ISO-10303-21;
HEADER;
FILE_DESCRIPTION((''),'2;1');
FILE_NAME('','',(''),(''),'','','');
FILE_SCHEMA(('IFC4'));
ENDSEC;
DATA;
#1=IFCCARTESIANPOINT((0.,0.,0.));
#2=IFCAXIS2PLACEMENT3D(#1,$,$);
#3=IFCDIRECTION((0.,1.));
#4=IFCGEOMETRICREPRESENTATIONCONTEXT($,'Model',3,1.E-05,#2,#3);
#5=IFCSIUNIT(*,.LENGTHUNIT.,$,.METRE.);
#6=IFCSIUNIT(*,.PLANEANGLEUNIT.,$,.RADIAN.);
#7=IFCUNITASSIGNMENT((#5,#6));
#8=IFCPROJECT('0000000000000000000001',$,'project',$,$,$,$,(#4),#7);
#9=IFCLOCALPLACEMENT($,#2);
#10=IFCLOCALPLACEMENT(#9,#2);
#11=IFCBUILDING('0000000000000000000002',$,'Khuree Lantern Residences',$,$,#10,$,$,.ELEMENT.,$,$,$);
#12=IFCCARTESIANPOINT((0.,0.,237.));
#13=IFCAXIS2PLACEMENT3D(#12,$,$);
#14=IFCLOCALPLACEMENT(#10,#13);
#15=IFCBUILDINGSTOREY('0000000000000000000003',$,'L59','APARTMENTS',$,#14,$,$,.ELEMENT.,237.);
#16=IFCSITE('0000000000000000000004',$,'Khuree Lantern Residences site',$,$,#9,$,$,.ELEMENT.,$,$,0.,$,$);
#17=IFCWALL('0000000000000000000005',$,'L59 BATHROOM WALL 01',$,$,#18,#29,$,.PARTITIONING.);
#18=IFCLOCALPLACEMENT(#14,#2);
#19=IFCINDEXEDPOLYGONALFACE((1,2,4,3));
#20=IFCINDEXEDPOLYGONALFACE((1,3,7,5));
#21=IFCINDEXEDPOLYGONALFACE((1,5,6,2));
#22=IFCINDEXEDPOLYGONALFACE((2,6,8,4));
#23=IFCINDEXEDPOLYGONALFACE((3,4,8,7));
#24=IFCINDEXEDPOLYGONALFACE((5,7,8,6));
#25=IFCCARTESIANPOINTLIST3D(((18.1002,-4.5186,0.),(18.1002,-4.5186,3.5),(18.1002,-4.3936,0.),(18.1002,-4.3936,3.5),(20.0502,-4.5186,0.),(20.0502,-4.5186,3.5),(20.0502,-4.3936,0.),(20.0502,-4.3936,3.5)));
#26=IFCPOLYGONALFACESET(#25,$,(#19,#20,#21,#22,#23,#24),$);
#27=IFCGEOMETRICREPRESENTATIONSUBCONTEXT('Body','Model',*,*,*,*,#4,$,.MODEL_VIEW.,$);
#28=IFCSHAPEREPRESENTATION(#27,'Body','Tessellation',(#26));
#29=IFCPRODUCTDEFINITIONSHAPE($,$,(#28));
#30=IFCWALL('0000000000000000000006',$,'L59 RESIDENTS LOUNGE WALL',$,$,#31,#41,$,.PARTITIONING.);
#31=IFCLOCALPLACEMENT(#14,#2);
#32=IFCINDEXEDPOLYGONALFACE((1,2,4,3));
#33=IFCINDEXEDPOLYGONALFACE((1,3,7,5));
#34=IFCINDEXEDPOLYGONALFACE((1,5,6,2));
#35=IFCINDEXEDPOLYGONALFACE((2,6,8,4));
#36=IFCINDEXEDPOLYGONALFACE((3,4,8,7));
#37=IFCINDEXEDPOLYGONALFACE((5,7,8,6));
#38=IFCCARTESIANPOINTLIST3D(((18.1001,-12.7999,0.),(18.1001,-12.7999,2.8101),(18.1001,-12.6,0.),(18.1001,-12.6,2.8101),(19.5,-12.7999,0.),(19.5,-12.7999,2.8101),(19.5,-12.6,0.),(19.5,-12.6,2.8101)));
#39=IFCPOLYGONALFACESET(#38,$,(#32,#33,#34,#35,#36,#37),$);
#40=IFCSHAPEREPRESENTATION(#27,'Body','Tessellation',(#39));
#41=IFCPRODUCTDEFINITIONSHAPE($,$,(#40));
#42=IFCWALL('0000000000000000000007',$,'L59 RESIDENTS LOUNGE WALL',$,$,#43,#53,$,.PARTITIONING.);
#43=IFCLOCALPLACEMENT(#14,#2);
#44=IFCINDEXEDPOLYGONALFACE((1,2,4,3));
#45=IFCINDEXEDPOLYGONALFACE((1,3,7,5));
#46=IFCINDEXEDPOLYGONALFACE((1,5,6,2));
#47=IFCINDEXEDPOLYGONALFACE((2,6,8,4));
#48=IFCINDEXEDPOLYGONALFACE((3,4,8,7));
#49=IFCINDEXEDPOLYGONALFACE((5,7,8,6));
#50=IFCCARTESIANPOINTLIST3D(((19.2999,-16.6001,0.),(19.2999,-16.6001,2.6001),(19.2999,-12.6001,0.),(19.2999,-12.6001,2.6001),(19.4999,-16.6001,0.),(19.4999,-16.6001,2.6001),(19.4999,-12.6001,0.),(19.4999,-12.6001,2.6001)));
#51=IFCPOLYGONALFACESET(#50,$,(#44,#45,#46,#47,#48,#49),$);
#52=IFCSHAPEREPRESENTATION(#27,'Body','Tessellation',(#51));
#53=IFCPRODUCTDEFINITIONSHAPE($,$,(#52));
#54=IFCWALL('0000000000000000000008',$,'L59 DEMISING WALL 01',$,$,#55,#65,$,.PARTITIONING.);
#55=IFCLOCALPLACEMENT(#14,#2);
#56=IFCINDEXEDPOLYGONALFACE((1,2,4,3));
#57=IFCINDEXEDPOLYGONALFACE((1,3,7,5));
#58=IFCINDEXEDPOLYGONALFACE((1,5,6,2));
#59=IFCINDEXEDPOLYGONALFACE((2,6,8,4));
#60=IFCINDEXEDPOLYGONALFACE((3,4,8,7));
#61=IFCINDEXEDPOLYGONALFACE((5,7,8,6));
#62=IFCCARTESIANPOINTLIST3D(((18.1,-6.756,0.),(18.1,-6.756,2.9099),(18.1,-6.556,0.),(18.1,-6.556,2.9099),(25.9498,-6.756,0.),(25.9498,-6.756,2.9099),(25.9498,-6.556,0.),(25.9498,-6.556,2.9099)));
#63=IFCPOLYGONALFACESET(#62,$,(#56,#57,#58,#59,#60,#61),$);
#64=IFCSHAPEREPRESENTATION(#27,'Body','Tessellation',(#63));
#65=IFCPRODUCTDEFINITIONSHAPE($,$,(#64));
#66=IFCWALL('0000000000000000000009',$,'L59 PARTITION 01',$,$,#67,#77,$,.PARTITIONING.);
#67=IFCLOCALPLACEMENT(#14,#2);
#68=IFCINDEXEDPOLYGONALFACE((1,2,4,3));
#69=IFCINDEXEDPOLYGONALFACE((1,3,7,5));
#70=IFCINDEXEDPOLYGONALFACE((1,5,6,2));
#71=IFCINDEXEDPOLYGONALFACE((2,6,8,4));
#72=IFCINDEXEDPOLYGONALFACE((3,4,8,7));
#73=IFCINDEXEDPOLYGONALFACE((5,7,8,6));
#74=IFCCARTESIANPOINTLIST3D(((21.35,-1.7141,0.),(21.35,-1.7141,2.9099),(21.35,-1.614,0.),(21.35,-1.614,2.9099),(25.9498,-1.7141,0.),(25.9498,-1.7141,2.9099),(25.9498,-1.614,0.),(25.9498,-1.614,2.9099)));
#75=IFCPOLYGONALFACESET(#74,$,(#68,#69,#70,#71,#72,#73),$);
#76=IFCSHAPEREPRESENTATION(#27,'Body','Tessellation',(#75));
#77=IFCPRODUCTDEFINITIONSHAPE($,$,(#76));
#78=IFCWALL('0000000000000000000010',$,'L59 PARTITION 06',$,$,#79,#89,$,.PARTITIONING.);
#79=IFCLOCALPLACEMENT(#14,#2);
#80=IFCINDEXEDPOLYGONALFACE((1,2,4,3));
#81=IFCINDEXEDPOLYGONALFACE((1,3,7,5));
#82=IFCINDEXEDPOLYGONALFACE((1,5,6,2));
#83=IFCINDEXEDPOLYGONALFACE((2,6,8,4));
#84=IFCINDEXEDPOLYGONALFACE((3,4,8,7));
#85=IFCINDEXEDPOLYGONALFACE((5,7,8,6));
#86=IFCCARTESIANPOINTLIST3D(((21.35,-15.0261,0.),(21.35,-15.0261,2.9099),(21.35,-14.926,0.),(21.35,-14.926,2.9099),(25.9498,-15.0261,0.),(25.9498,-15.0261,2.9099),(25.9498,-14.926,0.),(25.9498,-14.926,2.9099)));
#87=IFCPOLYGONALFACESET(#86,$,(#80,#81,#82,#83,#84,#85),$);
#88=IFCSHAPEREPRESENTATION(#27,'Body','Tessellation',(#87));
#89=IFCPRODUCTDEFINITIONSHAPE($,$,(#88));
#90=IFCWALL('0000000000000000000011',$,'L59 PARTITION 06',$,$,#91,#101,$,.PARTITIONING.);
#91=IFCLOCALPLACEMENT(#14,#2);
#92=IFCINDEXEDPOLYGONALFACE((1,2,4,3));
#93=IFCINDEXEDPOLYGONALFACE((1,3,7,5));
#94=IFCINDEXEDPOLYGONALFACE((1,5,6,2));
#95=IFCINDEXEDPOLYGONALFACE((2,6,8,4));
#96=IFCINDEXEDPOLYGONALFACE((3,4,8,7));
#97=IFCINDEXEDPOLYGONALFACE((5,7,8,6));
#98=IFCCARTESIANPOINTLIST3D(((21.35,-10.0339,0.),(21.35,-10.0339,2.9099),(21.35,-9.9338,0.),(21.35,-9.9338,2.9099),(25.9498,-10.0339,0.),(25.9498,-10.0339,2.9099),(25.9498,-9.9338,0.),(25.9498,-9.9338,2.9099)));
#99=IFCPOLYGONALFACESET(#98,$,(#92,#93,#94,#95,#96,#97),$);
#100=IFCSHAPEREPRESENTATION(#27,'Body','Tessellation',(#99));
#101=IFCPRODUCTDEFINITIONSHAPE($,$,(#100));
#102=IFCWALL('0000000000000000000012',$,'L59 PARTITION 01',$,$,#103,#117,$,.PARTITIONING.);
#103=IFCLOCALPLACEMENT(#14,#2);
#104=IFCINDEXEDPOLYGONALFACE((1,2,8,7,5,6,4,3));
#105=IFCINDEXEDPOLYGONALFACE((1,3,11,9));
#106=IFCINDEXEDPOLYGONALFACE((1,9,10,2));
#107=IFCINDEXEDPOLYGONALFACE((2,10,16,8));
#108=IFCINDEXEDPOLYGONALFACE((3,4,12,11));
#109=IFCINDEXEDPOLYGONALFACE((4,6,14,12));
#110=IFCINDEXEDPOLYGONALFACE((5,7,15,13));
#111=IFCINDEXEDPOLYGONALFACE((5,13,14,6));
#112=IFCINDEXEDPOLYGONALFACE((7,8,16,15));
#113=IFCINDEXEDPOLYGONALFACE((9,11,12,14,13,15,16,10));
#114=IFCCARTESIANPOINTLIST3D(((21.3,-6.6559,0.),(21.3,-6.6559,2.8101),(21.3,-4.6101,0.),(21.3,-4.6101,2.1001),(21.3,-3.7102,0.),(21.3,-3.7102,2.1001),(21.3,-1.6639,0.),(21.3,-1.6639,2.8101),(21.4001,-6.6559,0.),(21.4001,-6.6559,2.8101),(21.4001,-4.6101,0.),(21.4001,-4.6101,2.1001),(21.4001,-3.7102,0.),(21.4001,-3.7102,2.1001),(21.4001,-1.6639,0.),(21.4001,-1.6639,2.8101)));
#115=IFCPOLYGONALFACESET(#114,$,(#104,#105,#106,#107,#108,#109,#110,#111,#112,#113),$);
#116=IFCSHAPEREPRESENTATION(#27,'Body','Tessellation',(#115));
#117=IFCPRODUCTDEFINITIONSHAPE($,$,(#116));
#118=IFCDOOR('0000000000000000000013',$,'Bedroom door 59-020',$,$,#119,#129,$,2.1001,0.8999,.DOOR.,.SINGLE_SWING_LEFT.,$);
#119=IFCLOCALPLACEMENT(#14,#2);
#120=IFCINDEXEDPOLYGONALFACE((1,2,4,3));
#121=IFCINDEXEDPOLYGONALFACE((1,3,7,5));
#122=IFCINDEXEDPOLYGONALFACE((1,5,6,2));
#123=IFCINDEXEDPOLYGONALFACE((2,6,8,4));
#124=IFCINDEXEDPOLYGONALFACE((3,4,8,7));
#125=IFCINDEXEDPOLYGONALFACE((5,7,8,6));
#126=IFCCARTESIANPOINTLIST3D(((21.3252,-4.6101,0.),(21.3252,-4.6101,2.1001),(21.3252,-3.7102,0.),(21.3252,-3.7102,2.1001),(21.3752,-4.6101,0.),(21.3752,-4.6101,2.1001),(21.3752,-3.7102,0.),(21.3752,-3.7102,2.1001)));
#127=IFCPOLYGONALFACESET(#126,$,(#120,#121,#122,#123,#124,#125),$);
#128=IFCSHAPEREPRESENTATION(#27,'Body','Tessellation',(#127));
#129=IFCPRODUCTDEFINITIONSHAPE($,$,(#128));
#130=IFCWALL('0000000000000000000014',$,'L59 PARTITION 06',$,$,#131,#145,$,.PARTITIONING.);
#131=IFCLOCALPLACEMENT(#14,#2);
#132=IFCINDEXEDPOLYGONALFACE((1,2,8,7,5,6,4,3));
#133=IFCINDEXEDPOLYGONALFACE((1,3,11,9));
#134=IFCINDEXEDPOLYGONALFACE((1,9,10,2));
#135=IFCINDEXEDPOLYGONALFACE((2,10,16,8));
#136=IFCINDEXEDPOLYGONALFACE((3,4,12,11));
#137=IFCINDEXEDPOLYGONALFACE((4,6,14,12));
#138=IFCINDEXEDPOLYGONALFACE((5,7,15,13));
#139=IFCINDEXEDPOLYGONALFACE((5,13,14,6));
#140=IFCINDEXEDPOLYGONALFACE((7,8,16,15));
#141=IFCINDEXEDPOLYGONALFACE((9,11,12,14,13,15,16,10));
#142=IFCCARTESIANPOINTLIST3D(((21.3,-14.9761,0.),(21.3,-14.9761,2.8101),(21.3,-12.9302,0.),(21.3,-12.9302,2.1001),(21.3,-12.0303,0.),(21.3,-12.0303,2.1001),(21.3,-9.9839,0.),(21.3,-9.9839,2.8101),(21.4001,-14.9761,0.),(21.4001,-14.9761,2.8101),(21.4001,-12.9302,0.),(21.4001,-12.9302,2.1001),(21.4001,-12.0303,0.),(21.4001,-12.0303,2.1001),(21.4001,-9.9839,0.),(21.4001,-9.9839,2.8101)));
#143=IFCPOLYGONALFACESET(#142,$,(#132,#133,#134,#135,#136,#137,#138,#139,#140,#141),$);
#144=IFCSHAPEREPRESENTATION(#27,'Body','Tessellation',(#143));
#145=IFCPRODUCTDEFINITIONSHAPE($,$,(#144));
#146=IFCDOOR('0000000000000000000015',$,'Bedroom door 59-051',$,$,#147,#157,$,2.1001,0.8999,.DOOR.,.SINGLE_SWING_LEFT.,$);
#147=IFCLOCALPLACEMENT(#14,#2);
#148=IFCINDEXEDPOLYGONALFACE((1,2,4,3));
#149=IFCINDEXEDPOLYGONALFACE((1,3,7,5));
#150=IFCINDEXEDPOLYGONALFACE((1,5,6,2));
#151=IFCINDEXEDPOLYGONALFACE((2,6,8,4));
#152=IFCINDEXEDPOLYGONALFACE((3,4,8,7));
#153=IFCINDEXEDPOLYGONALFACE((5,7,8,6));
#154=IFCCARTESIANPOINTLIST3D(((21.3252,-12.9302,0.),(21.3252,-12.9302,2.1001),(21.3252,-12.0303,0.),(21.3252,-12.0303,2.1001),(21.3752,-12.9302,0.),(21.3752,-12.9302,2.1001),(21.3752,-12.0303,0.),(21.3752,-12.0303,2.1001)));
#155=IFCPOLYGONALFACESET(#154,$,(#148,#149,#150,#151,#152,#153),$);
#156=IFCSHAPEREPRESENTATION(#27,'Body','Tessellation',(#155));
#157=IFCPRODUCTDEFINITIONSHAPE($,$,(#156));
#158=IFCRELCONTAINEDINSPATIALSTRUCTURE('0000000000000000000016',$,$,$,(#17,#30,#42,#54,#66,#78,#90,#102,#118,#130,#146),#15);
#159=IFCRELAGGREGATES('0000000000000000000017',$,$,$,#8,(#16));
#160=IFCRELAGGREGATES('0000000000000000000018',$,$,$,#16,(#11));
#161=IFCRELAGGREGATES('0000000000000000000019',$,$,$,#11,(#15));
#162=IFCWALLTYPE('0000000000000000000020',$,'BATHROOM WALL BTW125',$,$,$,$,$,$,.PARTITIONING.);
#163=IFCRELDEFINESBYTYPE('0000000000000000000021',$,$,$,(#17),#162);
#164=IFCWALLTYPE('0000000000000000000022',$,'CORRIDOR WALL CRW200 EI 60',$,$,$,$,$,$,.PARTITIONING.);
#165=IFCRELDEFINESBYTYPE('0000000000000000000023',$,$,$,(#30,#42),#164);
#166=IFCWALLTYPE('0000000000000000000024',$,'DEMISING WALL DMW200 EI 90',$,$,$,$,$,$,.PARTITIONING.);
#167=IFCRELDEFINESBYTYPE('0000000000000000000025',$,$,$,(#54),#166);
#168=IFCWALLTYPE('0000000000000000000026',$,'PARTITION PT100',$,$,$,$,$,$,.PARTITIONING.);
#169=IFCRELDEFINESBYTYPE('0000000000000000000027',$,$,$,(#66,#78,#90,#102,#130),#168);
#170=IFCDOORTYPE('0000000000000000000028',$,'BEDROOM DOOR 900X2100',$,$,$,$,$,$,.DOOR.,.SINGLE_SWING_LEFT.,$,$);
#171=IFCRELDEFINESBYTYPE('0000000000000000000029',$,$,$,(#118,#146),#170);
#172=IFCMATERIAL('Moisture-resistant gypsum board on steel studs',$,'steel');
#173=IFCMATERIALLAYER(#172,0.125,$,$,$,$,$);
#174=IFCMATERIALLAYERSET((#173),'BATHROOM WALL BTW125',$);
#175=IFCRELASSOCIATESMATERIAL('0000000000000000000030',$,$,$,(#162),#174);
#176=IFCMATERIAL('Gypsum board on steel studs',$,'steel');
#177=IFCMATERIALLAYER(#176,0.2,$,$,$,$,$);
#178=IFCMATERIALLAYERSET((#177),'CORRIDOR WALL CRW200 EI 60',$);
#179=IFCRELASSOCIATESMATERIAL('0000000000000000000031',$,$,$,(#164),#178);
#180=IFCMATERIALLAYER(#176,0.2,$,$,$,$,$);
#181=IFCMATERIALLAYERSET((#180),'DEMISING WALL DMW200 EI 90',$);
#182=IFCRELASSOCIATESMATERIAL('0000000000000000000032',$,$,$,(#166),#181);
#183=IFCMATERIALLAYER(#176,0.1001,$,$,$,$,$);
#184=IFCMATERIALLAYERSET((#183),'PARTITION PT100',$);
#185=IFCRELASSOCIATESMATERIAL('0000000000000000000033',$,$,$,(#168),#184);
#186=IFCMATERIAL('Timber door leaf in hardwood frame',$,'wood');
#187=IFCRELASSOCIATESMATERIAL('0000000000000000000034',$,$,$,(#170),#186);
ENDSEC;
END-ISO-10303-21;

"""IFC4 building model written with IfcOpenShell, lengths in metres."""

from ifc_helpers import new_model, si_unit, direction, frame, frame_2d, origin, place, context, subcontext, project, spatial, rectangle, extrude, material, layer, layer_set, type_object, element, fill, save


model = new_model("IFC4")

# Units and contexts
model_context = context("Model", 3, precision=1e-05, world=origin(), true_north=direction((0.0, 1.0)))
body_context = subcontext(model_context, "Body", "Model", "MODEL_VIEW")
ifc_project = project(units=[si_unit("LENGTHUNIT", "METRE"), si_unit("PLANEANGLEUNIT", "RADIAN")], contexts=[model_context])

# Site, building, storey
site_placement = place(None, origin())
site = spatial("IfcSite", under=ifc_project, at=site_placement, Name="Khuree Lantern Residences site", CompositionType="ELEMENT", RefElevation=0.0)
building_placement = place(site_placement, origin())
building = spatial("IfcBuilding", under=site, at=building_placement, Name="Khuree Lantern Residences", CompositionType="ELEMENT")
storey_placement = place(building_placement, frame((0.0, 0.0, 237.0)))
storey = spatial("IfcBuildingStorey", under=building, at=storey_placement, Name="L59", Description="APARTMENTS", CompositionType="ELEMENT", Elevation=237.0)

# Shared definitions
ifc_material_1 = material(Name="Moisture-resistant gypsum board on steel studs", Category="steel")
ifc_layer_1 = layer(ifc_material_1, 0.125)
ifc_layer_set_1 = layer_set([ifc_layer_1], Name="BATHROOM WALL BTW125")
wall_type_1 = type_object("IfcWallType", Name="BATHROOM WALL BTW125", PredefinedType="PARTITIONING", material=ifc_layer_set_1)
ifc_material_2 = material(Name="Timber door leaf in hardwood frame", Category="wood")

# Walls
wall_1_placement = place(storey_placement, frame((18.1001, -4.4561, 0.0), z_axis=(0.0, 0.0, 1.0), x_axis=(1.0, 0.0, 0.0)))
element("IfcWall", 1, at=wall_1_placement, inside=storey, type_object=wall_type_1, Name="L59 BATHROOM WALL 01", PredefinedType="PARTITIONING", context=body_context, shape_type="SweptSolid", body=[
    extrude(rectangle(XDim=1.95, YDim=0.125, at=frame_2d((0.9751, 0.0))), origin(), (0.0, 0.0, 1.0), 3.5),
])
ifc_material_3 = material(Name="Gypsum board on steel studs", Category="steel")
ifc_layer_2 = layer(ifc_material_3, 0.2)
ifc_layer_set_2 = layer_set([ifc_layer_2], Name="CORRIDOR WALL CRW200 EI 60")
wall_type_2 = type_object("IfcWallType", Name="CORRIDOR WALL CRW200 EI 60", PredefinedType="PARTITIONING", material=ifc_layer_set_2)
wall_2_placement = place(storey_placement, frame((18.1001, -12.7, 0.0), z_axis=(0.0, 0.0, 1.0), x_axis=(1.0, 0.0, 0.0)))
element("IfcWall", 2, at=wall_2_placement, inside=storey, type_object=wall_type_2, Name="L59 RESIDENTS LOUNGE WALL", PredefinedType="PARTITIONING", context=body_context, shape_type="SweptSolid", body=[
    extrude(rectangle(XDim=1.3999, YDim=0.2, at=frame_2d((0.7, 0.0))), origin(), (0.0, 0.0, 1.0), 2.8101),
])
wall_3_placement = place(storey_placement, frame((19.3999, -12.6001, 0.0), z_axis=(0.0, 0.0, 1.0), x_axis=(0.0, -1.0, 0.0)))
element("IfcWall", 3, at=wall_3_placement, inside=storey, type_object=wall_type_2, Name="L59 RESIDENTS LOUNGE WALL", PredefinedType="PARTITIONING", context=body_context, shape_type="SweptSolid", body=[
    extrude(rectangle(XDim=4.0, YDim=0.2, at=frame_2d((2.0, 0.0))), origin(), (0.0, 0.0, 1.0), 2.6001),
])
ifc_layer_3 = layer(ifc_material_3, 0.2)
ifc_layer_set_3 = layer_set([ifc_layer_3], Name="DEMISING WALL DMW200 EI 90")
wall_type_3 = type_object("IfcWallType", Name="DEMISING WALL DMW200 EI 90", PredefinedType="PARTITIONING", material=ifc_layer_set_3)
wall_4_placement = place(storey_placement, frame((18.1001, -6.656, 0.0), z_axis=(0.0, 0.0, 1.0), x_axis=(1.0, 0.0, 0.0)))
element("IfcWall", 4, at=wall_4_placement, inside=storey, type_object=wall_type_3, Name="L59 DEMISING WALL 01", PredefinedType="PARTITIONING", context=body_context, shape_type="SweptSolid", body=[
    extrude(rectangle(XDim=7.8499, YDim=0.2, at=frame_2d((3.9248, 0.0))), origin(), (0.0, 0.0, 1.0), 2.9099),
])
ifc_layer_4 = layer(ifc_material_3, 0.1001)
ifc_layer_set_4 = layer_set([ifc_layer_4], Name="PARTITION PT100")
wall_type_4 = type_object("IfcWallType", Name="PARTITION PT100", PredefinedType="PARTITIONING", material=ifc_layer_set_4)
for number, where, z_axis, x_axis, name in (
    (5, (21.3501, -1.6641, 0.0), (0.0, 0.0, 1.0), (1.0, 0.0, 0.0), "L59 PARTITION 01"),
    (6, (21.3501, -14.9761, 0.0), (0.0, 0.0, 1.0), (1.0, 0.0, 0.0), "L59 PARTITION 06"),
    (7, (21.3501, -9.9839, 0.0), (0.0, 0.0, 1.0), (1.0, 0.0, 0.0), "L59 PARTITION 06"),
):
    element("IfcWall", number, at=place(storey_placement, frame(where, z_axis=z_axis, x_axis=x_axis)), inside=storey, type_object=wall_type_4, Name=name, PredefinedType="PARTITIONING", context=body_context, shape_type="SweptSolid", body=[
        extrude(rectangle(XDim=4.5999, YDim=0.1001, at=frame_2d((2.2998, 0.0))), origin(), (0.0, 0.0, 1.0), 2.9099),
    ])

# Walls, openings, doors
wall_5_placement = place(storey_placement, frame((21.3501, -6.656, 0.0), z_axis=(0.0, 0.0, 1.0), x_axis=(0.0, 1.0, 0.0)))
wall_5 = element("IfcWall", 8, at=wall_5_placement, inside=storey, type_object=wall_type_4, Name="L59 PARTITION 01", PredefinedType="PARTITIONING", context=body_context, shape_type="SweptSolid", body=[
    extrude(rectangle(XDim=4.9919, YDim=0.1001, at=frame_2d((2.4961, 0.0))), origin(), (0.0, 0.0, 1.0), 2.8101),
])
opening_1_placement = place(wall_5_placement, frame((2.0459, 0.0, 0.0)))
opening_1 = element("IfcOpeningElement", 9, at=opening_1_placement, cuts=wall_5, PredefinedType="OPENING", context=body_context, shape_type="SweptSolid", body=[
    extrude(rectangle(XDim=0.8999, YDim=2.1001, at=frame_2d((0.45, 1.05))), frame((0.0, 0.0601, 0.0), z_axis=(0.0, -1.0, 0.0), x_axis=(1.0, 0.0, 0.0)), (0.0, 0.0, 1.0), 0.1201),
])
door_type_1 = type_object("IfcDoorType", Name="BEDROOM DOOR 900X2100", OperationType="SINGLE_SWING_LEFT", PredefinedType="DOOR", material=ifc_material_2)
door_1_placement = place(opening_1_placement, origin())
door_1 = element("IfcDoor", 10, at=door_1_placement, inside=storey, type_object=door_type_1, Name="Bedroom door 59-020", OperationType="SINGLE_SWING_LEFT", OverallHeight=2.1001, OverallWidth=0.8999, PredefinedType="DOOR", context=body_context, shape_type="SweptSolid", body=[
    extrude(rectangle(XDim=0.8999, YDim=2.1001, at=frame_2d((0.45, 1.05))), frame((0.0, 0.0249, 0.0), z_axis=(0.0, -1.0, 0.0), x_axis=(1.0, 0.0, 0.0)), (0.0, 0.0, 1.0), 0.05),
])
fill(opening_1, door_1)
wall_6_placement = place(storey_placement, frame((21.3501, -14.9761, 0.0), z_axis=(0.0, 0.0, 1.0), x_axis=(0.0, 1.0, 0.0)))
wall_6 = element("IfcWall", 11, at=wall_6_placement, inside=storey, type_object=wall_type_4, Name="L59 PARTITION 06", PredefinedType="PARTITIONING", context=body_context, shape_type="SweptSolid", body=[
    extrude(rectangle(XDim=4.9922, YDim=0.1001, at=frame_2d((2.4961, 0.0))), origin(), (0.0, 0.0, 1.0), 2.8101),
])
opening_2_placement = place(wall_6_placement, frame((2.0459, 0.0, 0.0)))
opening_2 = element("IfcOpeningElement", 12, at=opening_2_placement, cuts=wall_6, PredefinedType="OPENING", context=body_context, shape_type="SweptSolid", body=[
    extrude(rectangle(XDim=0.8999, YDim=2.1001, at=frame_2d((0.45, 1.05))), frame((0.0, 0.0601, 0.0), z_axis=(0.0, -1.0, 0.0), x_axis=(1.0, 0.0, 0.0)), (0.0, 0.0, 1.0), 0.1201),
])
door_2_placement = place(opening_2_placement, origin())
door_2 = element("IfcDoor", 13, at=door_2_placement, inside=storey, type_object=door_type_1, Name="Bedroom door 59-051", OperationType="SINGLE_SWING_LEFT", OverallHeight=2.1001, OverallWidth=0.8999, PredefinedType="DOOR", context=body_context, shape_type="SweptSolid", body=[
    extrude(rectangle(XDim=0.8999, YDim=2.1001, at=frame_2d((0.45, 1.05))), frame((0.0, 0.0249, 0.0), z_axis=(0.0, -1.0, 0.0), x_axis=(1.0, 0.0, 0.0)), (0.0, 0.0, 1.0), 0.05),
])
fill(opening_2, door_2)

save(model, "model.ifc")
